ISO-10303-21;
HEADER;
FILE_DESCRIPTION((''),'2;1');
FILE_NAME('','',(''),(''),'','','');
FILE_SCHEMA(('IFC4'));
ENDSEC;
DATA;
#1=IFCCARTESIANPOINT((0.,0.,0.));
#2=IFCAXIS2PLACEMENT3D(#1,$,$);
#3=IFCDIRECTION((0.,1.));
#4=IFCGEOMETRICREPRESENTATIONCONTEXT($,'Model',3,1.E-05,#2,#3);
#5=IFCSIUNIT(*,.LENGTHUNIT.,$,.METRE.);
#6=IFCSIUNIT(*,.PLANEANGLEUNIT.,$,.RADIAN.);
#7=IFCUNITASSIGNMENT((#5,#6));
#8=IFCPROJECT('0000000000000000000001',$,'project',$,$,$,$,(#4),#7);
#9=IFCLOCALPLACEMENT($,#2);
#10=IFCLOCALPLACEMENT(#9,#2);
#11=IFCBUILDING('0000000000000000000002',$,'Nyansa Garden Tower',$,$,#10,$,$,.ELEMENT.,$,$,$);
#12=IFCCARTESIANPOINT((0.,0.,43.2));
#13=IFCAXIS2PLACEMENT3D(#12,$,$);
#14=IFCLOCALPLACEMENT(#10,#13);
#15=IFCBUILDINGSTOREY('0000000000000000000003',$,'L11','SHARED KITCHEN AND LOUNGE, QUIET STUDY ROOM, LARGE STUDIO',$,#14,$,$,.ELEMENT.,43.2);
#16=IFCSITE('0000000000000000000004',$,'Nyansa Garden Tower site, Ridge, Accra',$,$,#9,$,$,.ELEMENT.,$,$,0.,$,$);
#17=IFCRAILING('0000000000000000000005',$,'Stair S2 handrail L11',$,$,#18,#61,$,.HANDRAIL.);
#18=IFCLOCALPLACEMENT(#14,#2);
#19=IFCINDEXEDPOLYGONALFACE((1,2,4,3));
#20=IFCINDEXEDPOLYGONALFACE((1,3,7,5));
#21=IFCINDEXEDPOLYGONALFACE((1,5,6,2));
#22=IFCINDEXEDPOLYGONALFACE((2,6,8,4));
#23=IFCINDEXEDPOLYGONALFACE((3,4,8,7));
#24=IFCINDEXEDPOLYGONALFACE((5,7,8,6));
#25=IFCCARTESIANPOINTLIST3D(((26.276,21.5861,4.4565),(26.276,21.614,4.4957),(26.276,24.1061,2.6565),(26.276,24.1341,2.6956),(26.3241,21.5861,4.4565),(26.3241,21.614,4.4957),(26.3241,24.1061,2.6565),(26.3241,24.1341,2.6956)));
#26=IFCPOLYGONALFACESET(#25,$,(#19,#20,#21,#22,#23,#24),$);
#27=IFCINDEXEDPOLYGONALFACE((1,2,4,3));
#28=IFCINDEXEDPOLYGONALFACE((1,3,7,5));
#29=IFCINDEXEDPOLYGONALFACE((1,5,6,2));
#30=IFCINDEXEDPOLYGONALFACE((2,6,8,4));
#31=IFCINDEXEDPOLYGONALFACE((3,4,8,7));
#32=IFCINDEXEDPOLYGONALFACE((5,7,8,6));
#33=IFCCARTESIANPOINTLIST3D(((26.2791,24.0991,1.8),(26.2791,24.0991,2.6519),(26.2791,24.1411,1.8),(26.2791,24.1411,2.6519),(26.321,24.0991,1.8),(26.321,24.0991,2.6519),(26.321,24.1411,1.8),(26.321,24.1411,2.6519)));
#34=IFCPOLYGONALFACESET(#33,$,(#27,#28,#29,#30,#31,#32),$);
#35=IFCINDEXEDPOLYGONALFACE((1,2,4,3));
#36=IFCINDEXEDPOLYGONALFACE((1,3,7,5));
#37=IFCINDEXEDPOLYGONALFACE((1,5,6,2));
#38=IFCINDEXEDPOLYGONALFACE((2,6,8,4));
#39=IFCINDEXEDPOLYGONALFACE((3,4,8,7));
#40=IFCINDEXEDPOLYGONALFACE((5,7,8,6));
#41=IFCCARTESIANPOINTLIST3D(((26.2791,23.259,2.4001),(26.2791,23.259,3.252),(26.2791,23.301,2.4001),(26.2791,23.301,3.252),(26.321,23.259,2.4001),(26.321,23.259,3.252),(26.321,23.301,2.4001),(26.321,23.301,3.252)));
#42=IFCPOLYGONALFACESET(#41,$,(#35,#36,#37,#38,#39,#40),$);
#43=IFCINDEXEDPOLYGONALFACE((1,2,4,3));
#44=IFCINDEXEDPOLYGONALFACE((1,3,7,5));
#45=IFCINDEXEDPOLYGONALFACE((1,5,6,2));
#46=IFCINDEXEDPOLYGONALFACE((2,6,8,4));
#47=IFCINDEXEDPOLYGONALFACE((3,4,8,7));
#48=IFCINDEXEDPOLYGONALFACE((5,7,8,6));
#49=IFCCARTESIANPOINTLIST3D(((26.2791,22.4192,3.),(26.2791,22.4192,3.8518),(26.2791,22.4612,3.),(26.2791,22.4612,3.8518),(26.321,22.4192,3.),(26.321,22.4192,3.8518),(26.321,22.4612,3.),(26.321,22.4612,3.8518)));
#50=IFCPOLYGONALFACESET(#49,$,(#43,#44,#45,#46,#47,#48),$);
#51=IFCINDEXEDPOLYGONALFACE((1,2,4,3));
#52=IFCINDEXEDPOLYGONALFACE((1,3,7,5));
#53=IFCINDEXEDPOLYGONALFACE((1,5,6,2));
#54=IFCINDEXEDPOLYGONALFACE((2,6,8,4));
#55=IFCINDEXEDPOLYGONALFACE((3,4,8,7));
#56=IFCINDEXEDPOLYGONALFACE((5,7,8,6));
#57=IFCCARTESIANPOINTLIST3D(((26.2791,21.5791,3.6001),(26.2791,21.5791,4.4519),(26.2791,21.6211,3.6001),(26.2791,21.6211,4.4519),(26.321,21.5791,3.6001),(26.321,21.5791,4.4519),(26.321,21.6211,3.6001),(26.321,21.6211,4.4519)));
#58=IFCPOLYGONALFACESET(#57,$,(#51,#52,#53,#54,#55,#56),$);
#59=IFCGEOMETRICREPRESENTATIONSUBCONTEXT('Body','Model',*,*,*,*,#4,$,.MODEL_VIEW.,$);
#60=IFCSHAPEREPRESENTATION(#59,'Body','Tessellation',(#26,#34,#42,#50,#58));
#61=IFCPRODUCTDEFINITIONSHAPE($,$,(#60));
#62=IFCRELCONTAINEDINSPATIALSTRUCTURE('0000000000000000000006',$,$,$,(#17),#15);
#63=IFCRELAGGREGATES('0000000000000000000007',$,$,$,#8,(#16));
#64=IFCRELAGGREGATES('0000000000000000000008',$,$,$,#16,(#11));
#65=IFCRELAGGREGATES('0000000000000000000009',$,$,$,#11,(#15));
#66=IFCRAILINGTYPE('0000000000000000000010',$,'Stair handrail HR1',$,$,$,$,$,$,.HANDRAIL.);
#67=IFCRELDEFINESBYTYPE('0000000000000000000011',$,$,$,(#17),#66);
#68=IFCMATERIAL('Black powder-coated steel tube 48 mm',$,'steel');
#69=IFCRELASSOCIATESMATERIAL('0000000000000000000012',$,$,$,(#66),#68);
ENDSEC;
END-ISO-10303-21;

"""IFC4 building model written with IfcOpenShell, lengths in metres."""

from ifc_helpers import new_model, si_unit, direction, frame, origin, origin_2d, place, context, subcontext, project, spatial, rectangle, extrude, material, type_object, element, save


model = new_model("IFC4")

# Units and contexts
model_context = context("Model", 3, precision=1e-05, world=origin(), true_north=direction((0.0, 1.0)))
body_context = subcontext(model_context, "Body", "Model", "MODEL_VIEW")
ifc_project = project(units=[si_unit("LENGTHUNIT", "METRE"), si_unit("PLANEANGLEUNIT", "RADIAN")], contexts=[model_context])

# Site, building, storey
site_placement = place(None, origin())
site = spatial("IfcSite", under=ifc_project, at=site_placement, Name="Nyansa Garden Tower site, Ridge, Accra", CompositionType="ELEMENT", RefElevation=0.0)
building_placement = place(site_placement, origin())
building = spatial("IfcBuilding", under=site, at=building_placement, Name="Nyansa Garden Tower", CompositionType="ELEMENT")
storey_placement = place(building_placement, frame((0.0, 0.0, 43.2)))
storey = spatial("IfcBuildingStorey", under=building, at=storey_placement, Name="L11", Description="SHARED KITCHEN AND LOUNGE, QUIET STUDY ROOM, LARGE STUDIO", CompositionType="ELEMENT", Elevation=43.2)

# Railing
ifc_material_1 = material(Name="Black powder-coated steel tube 48 mm", Category="steel")
railing_type = type_object("IfcRailingType", Name="Stair handrail HR1", PredefinedType="HANDRAIL", material=ifc_material_1)
railing_1_placement = place(storey_placement, frame((26.3, 24.1201, 1.8)))
element("IfcRailing", 1, at=railing_1_placement, inside=storey, type_object=railing_type, Name="Stair S2 handrail L11", PredefinedType="HANDRAIL", context=body_context, shape_type="SweptSolid", body=[
    extrude(rectangle(XDim=0.0481, YDim=0.0481, at=origin_2d()), frame((0.0, 0.0, 0.876), z_axis=(0.0, -0.813728, 0.581246), x_axis=(1.0, 0.0, 0.0)), (0.0, 0.0, 1.0), 3.0969),
    extrude(rectangle(XDim=0.042, YDim=0.042, at=origin_2d()), origin(), (0.0, 0.0, 1.0), 0.8518),
    extrude(rectangle(XDim=0.042, YDim=0.042, at=origin_2d()), frame((0.0, -0.8401, 0.6001)), (0.0, 0.0, 1.0), 0.8518),
    extrude(rectangle(XDim=0.042, YDim=0.042, at=origin_2d()), frame((0.0, -1.6799, 1.2)), (0.0, 0.0, 1.0), 0.8518),
    extrude(rectangle(XDim=0.042, YDim=0.042, at=origin_2d()), frame((0.0, -2.52, 1.8)), (0.0, 0.0, 1.0), 0.8518),
])

save(model, "model.ifc")
